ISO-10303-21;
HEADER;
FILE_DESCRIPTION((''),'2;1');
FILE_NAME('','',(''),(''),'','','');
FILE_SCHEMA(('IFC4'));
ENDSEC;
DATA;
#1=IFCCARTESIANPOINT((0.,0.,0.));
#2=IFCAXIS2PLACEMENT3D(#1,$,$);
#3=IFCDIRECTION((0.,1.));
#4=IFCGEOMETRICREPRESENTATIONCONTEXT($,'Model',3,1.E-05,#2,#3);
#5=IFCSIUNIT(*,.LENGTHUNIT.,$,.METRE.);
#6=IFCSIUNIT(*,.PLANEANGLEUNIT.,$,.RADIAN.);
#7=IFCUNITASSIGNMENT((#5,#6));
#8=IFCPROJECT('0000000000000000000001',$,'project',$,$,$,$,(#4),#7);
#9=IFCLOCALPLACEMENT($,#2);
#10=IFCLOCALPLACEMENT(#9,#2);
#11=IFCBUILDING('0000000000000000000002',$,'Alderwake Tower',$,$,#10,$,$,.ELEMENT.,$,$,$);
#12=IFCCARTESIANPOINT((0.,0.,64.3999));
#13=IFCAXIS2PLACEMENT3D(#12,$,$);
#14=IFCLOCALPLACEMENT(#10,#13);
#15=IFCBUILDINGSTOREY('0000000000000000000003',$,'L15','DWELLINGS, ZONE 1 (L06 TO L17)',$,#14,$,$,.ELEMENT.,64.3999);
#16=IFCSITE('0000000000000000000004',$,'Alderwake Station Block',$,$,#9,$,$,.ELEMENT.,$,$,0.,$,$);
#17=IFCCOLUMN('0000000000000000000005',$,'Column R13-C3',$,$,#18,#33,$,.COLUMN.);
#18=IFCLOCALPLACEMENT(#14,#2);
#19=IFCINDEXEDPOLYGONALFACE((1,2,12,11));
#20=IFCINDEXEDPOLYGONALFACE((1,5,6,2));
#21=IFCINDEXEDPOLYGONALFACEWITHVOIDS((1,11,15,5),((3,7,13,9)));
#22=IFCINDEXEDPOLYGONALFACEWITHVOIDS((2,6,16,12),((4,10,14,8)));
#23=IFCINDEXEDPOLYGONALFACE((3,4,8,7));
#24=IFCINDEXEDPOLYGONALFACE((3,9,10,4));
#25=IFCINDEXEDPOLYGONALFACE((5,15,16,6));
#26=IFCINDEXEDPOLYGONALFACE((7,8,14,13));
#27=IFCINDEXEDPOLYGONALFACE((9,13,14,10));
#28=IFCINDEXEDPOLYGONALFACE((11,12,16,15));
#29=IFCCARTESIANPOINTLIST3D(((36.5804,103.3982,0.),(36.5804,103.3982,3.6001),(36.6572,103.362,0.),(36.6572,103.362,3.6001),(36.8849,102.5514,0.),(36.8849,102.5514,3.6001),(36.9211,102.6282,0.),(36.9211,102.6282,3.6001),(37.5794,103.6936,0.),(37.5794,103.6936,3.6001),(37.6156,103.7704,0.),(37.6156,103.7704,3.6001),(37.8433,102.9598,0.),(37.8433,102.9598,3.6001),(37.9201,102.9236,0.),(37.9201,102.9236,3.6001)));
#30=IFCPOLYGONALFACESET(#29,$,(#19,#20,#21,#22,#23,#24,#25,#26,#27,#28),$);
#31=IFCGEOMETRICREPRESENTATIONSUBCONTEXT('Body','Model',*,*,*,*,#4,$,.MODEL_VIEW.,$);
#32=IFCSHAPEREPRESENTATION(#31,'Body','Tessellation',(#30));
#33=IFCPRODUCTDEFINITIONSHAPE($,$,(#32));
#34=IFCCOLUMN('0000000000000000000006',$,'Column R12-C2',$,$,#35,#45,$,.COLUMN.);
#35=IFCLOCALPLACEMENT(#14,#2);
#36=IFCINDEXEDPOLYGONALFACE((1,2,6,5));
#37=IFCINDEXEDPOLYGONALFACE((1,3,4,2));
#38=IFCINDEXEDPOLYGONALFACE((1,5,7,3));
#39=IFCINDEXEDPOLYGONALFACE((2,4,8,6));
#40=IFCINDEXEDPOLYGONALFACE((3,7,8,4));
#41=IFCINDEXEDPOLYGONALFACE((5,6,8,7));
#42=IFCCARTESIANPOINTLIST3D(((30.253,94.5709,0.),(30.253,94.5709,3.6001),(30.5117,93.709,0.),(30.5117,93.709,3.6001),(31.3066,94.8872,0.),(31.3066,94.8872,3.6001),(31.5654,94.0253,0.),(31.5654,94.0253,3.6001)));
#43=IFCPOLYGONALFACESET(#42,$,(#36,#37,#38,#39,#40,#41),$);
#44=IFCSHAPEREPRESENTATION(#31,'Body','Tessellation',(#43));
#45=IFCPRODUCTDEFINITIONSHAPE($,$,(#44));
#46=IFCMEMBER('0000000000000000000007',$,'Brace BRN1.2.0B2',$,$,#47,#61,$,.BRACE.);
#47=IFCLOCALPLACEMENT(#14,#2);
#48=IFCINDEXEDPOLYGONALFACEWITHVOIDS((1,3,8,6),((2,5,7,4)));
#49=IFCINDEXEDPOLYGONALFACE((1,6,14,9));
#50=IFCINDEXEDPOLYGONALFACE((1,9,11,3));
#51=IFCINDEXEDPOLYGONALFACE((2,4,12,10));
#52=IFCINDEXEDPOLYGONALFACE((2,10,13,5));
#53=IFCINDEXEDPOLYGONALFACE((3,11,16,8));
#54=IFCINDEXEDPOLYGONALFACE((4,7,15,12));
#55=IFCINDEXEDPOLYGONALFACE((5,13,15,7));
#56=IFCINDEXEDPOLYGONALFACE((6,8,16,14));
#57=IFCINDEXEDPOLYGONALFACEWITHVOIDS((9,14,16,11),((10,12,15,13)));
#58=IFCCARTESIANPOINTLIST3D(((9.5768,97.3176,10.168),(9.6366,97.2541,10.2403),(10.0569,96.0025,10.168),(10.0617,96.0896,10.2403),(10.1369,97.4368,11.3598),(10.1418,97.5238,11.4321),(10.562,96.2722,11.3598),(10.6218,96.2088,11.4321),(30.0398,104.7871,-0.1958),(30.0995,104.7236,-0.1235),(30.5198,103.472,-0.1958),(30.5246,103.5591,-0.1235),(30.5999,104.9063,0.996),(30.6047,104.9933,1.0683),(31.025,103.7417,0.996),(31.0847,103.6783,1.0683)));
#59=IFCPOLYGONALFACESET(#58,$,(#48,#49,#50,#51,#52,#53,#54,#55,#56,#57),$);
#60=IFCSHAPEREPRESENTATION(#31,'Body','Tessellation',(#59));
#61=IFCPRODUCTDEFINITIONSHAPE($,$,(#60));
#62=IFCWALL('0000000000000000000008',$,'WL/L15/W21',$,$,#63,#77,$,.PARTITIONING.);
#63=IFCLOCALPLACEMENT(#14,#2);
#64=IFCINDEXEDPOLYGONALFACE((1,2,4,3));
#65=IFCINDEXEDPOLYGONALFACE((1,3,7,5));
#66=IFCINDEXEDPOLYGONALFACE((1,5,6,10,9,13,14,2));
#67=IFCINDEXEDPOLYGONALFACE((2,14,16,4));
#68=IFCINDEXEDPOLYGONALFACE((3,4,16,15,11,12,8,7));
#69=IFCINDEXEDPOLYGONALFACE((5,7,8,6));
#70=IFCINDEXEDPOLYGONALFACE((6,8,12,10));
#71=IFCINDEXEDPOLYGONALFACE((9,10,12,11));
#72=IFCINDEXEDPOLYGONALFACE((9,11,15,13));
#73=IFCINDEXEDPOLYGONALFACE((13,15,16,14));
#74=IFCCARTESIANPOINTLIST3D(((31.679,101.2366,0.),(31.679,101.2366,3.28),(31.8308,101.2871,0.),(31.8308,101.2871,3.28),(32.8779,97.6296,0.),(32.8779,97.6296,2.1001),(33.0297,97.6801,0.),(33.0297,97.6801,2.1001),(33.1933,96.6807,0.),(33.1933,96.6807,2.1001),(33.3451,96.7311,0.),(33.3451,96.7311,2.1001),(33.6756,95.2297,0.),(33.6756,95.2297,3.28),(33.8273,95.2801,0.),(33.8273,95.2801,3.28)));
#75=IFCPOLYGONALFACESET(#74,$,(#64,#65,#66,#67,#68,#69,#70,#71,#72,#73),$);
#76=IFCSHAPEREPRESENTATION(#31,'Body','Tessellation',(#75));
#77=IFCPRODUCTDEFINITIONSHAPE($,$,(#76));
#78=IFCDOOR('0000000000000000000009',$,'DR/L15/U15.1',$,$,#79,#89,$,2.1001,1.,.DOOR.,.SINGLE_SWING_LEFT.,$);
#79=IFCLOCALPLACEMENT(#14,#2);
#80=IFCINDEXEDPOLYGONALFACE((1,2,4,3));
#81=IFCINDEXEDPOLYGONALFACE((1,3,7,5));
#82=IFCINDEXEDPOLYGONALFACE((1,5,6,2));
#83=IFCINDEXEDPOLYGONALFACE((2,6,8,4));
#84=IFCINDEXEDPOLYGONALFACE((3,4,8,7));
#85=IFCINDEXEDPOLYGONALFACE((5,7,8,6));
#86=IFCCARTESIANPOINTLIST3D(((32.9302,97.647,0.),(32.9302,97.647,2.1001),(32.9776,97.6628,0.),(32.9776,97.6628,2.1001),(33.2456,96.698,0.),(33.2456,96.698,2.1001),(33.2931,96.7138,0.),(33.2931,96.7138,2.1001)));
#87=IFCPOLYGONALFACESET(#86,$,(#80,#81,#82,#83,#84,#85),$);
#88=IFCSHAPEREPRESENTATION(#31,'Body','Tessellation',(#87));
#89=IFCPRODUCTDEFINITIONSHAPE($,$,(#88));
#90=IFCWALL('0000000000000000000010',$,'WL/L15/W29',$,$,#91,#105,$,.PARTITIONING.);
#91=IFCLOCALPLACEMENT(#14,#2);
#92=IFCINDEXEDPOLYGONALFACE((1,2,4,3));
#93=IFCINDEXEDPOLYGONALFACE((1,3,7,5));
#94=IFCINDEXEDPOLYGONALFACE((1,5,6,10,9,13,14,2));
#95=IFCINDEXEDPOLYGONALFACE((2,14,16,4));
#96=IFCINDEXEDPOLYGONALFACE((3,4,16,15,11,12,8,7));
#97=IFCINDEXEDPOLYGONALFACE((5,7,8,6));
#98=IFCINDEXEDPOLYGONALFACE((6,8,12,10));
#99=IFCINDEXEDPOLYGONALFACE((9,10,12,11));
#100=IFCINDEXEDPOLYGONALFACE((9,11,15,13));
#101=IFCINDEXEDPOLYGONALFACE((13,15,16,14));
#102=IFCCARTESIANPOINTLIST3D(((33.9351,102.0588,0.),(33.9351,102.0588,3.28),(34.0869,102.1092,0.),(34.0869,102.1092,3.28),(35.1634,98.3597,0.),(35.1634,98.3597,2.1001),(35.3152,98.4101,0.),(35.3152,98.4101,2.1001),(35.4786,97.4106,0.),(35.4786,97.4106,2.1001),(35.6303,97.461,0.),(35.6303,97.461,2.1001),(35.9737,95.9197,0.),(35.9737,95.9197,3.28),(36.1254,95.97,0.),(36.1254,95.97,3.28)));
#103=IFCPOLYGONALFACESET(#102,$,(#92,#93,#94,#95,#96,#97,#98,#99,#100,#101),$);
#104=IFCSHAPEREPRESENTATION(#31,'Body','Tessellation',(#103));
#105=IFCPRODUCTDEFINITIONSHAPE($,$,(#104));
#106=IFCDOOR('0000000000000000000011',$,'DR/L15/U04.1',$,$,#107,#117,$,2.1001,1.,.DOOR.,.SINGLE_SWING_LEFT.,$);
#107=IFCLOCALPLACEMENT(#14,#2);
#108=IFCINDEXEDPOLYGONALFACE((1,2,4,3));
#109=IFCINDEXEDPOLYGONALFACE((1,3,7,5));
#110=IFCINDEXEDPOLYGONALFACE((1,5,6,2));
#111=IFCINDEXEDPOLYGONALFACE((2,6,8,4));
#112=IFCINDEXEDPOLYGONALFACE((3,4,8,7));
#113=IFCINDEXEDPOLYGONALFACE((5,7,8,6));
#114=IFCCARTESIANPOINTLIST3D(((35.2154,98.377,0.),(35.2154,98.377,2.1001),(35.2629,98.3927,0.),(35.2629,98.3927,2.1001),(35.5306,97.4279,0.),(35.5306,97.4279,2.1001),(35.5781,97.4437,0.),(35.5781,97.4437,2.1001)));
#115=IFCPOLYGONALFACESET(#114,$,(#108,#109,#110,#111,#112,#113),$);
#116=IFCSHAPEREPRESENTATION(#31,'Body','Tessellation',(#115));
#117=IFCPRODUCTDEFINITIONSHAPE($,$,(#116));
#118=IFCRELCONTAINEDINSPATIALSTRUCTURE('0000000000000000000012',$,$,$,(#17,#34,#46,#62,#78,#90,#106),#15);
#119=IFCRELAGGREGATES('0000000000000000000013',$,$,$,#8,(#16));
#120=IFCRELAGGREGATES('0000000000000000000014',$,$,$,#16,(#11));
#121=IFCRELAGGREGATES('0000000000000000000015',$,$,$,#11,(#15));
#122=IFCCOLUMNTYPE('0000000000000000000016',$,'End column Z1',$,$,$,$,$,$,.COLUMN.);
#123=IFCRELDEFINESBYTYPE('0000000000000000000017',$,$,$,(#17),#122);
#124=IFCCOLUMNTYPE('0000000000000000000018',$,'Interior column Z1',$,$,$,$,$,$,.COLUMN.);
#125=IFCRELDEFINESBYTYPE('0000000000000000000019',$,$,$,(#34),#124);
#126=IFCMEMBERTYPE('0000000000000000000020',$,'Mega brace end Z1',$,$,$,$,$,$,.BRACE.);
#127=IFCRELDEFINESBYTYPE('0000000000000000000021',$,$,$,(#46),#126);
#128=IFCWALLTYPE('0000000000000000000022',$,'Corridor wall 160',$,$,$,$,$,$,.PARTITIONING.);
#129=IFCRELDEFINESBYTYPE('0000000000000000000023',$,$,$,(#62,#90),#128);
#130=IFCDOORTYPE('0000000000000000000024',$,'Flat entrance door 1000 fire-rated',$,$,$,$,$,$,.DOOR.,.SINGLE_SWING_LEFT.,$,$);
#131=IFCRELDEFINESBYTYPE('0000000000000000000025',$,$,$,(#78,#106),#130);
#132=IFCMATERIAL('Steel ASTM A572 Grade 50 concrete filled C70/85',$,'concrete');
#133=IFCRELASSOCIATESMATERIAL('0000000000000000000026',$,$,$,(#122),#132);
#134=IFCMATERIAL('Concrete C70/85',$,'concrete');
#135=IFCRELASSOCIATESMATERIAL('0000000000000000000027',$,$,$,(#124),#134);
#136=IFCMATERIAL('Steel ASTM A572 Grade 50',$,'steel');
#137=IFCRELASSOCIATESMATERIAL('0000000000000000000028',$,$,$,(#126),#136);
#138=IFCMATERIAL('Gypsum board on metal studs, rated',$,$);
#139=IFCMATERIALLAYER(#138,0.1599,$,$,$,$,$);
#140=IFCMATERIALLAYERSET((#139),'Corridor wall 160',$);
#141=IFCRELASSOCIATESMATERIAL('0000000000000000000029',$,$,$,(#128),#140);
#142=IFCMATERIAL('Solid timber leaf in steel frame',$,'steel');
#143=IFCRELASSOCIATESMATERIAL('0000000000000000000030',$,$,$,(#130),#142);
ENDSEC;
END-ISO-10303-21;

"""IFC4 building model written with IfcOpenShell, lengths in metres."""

from ifc_helpers import new_model, si_unit, direction, frame, frame_2d, origin, origin_2d, place, context, subcontext, project, spatial, rectangle, hollow_rectangle, extrude, material, layer, layer_set, material_profile, profile_set, type_object, element, fill, save


model = new_model("IFC4")

# Units and contexts
model_context = context("Model", 3, precision=1e-05, world=origin(), true_north=direction((0.0, 1.0)))
body_context = subcontext(model_context, "Body", "Model", "MODEL_VIEW")
ifc_project = project(units=[si_unit("LENGTHUNIT", "METRE"), si_unit("PLANEANGLEUNIT", "RADIAN")], contexts=[model_context])

# Site, building, storey
site_placement = place(None, origin())
site = spatial("IfcSite", under=ifc_project, at=site_placement, Name="Alderwake Station Block", CompositionType="ELEMENT", RefElevation=0.0)
building_placement = place(site_placement, origin())
building = spatial("IfcBuilding", under=site, at=building_placement, Name="Alderwake Tower", CompositionType="ELEMENT")
storey_placement = place(building_placement, frame((0.0, 0.0, 64.3999)))
storey = spatial("IfcBuildingStorey", under=building, at=storey_placement, Name="L15", Description="DWELLINGS, ZONE 1 (L06 TO L17)", CompositionType="ELEMENT", Elevation=64.3999)

# Columns
ifc_material_1 = material(Name="Steel ASTM A572 Grade 50 concrete filled C70/85", Category="concrete")
ifc_material_profile_1 = material_profile(ifc_material_1, hollow_rectangle(XDim=0.8999, YDim=1.1001, WallThickness=0.0601, at=origin_2d()), Name="BOX 1100X900X60")
ifc_profile_set_1 = profile_set([ifc_material_profile_1], Name="Steel ASTM A572 Grade 50 concrete filled C70/85")
column_type_1 = type_object("IfcColumnType", Name="End column Z1", PredefinedType="COLUMN", material=ifc_profile_set_1)
column_1_placement = place(storey_placement, frame((37.2502, 103.1609, 0.0), z_axis=(0.0, 0.0, 1.0), x_axis=(-0.33837, 0.941013, 0.0)))
element("IfcColumn", 1, at=column_1_placement, inside=storey, type_object=column_type_1, Name="Column R13-C3", PredefinedType="COLUMN", context=body_context, shape_type="SweptSolid", body=[
    extrude(hollow_rectangle(XDim=0.8999, YDim=1.1001, WallThickness=0.0601, at=origin_2d()), origin(), (0.0, 0.0, 1.0), 3.6001),
])
ifc_material_2 = material(Name="Concrete C70/85", Category="concrete")
ifc_material_profile_2 = material_profile(ifc_material_2, rectangle(XDim=0.8999, YDim=1.1001, at=origin_2d()), Name="RC 1100X900")
ifc_profile_set_2 = profile_set([ifc_material_profile_2], Name="Concrete C70/85")
column_type_2 = type_object("IfcColumnType", Name="Interior column Z1", PredefinedType="COLUMN", material=ifc_profile_set_2)
column_2_placement = place(storey_placement, frame((30.9092, 94.2981, 0.0), z_axis=(0.0, 0.0, 1.0), x_axis=(-0.287549, 0.957766, 0.0)))
element("IfcColumn", 2, at=column_2_placement, inside=storey, type_object=column_type_2, Name="Column R12-C2", PredefinedType="COLUMN", context=body_context, shape_type="SweptSolid", body=[
    extrude(rectangle(XDim=0.8999, YDim=1.1001, at=origin_2d()), origin(), (0.0, 0.0, 1.0), 3.6001),
])

# Member
ifc_material_3 = material(Name="Steel ASTM A572 Grade 50", Category="steel")
ifc_material_profile_3 = material_profile(ifc_material_3, hollow_rectangle(XDim=1.3999, YDim=1.3999, WallThickness=0.0801, at=origin_2d()), Name="BOX 1400X1400X80")
ifc_profile_set_3 = profile_set([ifc_material_profile_3], Name="Steel ASTM A572 Grade 50")
member_type = type_object("IfcMemberType", Name="Mega brace end Z1", PredefinedType="BRACE", material=ifc_profile_set_3)
member_placement = place(storey_placement, frame((30.5623, 104.2327, 0.4363), z_axis=(-0.848265, -0.309638, 0.429618), x_axis=(0.342896, -0.939374, 0.0)))
element("IfcMember", 3, at=member_placement, inside=storey, type_object=member_type, Name="Brace BRN1.2.0B2", PredefinedType="BRACE", context=body_context, shape_type="SweptSolid", body=[
    extrude(hollow_rectangle(XDim=1.3999, YDim=1.3999, WallThickness=0.0801, at=origin_2d()), origin(), (0.0, 0.0, 1.0), 24.1233),
])

# Walls, openings, doors
ifc_material_4 = material(Name="Gypsum board on metal studs, rated")
ifc_layer_1 = layer(ifc_material_4, 0.1599)
ifc_layer_set_1 = layer_set([ifc_layer_1], Name="Corridor wall 160")
wall_type_1 = type_object("IfcWallType", Name="Corridor wall 160", PredefinedType="PARTITIONING", material=ifc_layer_set_1)
wall_1_placement = place(storey_placement, frame((33.7515, 95.2549, 0.0), z_axis=(0.0, 0.0, 1.0), x_axis=(-0.315406, 0.948957, 0.0)))
wall_1 = element("IfcWall", 4, at=wall_1_placement, inside=storey, type_object=wall_type_1, Name="WL/L15/W21", PredefinedType="PARTITIONING", context=body_context, shape_type="SweptSolid", body=[
    extrude(rectangle(XDim=6.3301, YDim=0.1599, at=frame_2d((3.165, 0.0))), origin(), (0.0, 0.0, 1.0), 3.28),
])
opening_1_placement = place(wall_1_placement, frame((1.5291, 0.0, 0.0)))
opening_1 = element("IfcOpeningElement", 5, at=opening_1_placement, cuts=wall_1, PredefinedType="OPENING", context=body_context, shape_type="SweptSolid", body=[
    extrude(rectangle(XDim=1.0, YDim=2.1001, at=frame_2d((0.5, 1.05))), frame((0.0, 0.0898, 0.0), z_axis=(0.0, -1.0, 0.0), x_axis=(1.0, 0.0, 0.0)), (0.0, 0.0, 1.0), 0.1799),
])
ifc_material_5 = material(Name="Solid timber leaf in steel frame", Category="steel")
door_type_1 = type_object("IfcDoorType", Name="Flat entrance door 1000 fire-rated", OperationType="SINGLE_SWING_LEFT", PredefinedType="DOOR", material=ifc_material_5)
door_1_placement = place(opening_1_placement, origin())
door_1 = element("IfcDoor", 6, at=door_1_placement, inside=storey, type_object=door_type_1, Name="DR/L15/U15.1", OperationType="SINGLE_SWING_LEFT", OverallHeight=2.1001, OverallWidth=1.0, PredefinedType="DOOR", context=body_context, shape_type="SweptSolid", body=[
    extrude(rectangle(XDim=1.0, YDim=2.1001, at=frame_2d((0.5, 1.05))), frame((0.0, 0.0249, 0.0), z_axis=(0.0, -1.0, 0.0), x_axis=(1.0, 0.0, 0.0)), (0.0, 0.0, 1.0), 0.05),
])
fill(opening_1, door_1)
wall_2_placement = place(storey_placement, frame((34.011, 102.084, 0.0), z_axis=(0.0, 0.0, 1.0), x_axis=(0.315141, -0.949045, 0.0)))
wall_2 = element("IfcWall", 7, at=wall_2_placement, inside=storey, type_object=wall_type_1, Name="WL/L15/W29", PredefinedType="PARTITIONING", context=body_context, shape_type="SweptSolid", body=[
    extrude(rectangle(XDim=6.4688, YDim=0.1599, at=frame_2d((3.2344, 0.0))), origin(), (0.0, 0.0, 1.0), 3.28),
])
opening_2_placement = place(wall_2_placement, frame((3.8977, 0.0, 0.0)))
opening_2 = element("IfcOpeningElement", 8, at=opening_2_placement, cuts=wall_2, PredefinedType="OPENING", context=body_context, shape_type="SweptSolid", body=[
    extrude(rectangle(XDim=1.0, YDim=2.1001, at=frame_2d((0.5, 1.05))), frame((0.0, 0.0898, 0.0), z_axis=(0.0, -1.0, 0.0), x_axis=(1.0, 0.0, 0.0)), (0.0, 0.0, 1.0), 0.1799),
])
door_2_placement = place(opening_2_placement, origin())
door_2 = element("IfcDoor", 9, at=door_2_placement, inside=storey, type_object=door_type_1, Name="DR/L15/U04.1", OperationType="SINGLE_SWING_LEFT", OverallHeight=2.1001, OverallWidth=1.0, PredefinedType="DOOR", context=body_context, shape_type="SweptSolid", body=[
    extrude(rectangle(XDim=1.0, YDim=2.1001, at=frame_2d((0.5, 1.05))), frame((0.0, 0.0249, 0.0), z_axis=(0.0, -1.0, 0.0), x_axis=(1.0, 0.0, 0.0)), (0.0, 0.0, 1.0), 0.05),
])
fill(opening_2, door_2)

save(model, "model.ifc")
